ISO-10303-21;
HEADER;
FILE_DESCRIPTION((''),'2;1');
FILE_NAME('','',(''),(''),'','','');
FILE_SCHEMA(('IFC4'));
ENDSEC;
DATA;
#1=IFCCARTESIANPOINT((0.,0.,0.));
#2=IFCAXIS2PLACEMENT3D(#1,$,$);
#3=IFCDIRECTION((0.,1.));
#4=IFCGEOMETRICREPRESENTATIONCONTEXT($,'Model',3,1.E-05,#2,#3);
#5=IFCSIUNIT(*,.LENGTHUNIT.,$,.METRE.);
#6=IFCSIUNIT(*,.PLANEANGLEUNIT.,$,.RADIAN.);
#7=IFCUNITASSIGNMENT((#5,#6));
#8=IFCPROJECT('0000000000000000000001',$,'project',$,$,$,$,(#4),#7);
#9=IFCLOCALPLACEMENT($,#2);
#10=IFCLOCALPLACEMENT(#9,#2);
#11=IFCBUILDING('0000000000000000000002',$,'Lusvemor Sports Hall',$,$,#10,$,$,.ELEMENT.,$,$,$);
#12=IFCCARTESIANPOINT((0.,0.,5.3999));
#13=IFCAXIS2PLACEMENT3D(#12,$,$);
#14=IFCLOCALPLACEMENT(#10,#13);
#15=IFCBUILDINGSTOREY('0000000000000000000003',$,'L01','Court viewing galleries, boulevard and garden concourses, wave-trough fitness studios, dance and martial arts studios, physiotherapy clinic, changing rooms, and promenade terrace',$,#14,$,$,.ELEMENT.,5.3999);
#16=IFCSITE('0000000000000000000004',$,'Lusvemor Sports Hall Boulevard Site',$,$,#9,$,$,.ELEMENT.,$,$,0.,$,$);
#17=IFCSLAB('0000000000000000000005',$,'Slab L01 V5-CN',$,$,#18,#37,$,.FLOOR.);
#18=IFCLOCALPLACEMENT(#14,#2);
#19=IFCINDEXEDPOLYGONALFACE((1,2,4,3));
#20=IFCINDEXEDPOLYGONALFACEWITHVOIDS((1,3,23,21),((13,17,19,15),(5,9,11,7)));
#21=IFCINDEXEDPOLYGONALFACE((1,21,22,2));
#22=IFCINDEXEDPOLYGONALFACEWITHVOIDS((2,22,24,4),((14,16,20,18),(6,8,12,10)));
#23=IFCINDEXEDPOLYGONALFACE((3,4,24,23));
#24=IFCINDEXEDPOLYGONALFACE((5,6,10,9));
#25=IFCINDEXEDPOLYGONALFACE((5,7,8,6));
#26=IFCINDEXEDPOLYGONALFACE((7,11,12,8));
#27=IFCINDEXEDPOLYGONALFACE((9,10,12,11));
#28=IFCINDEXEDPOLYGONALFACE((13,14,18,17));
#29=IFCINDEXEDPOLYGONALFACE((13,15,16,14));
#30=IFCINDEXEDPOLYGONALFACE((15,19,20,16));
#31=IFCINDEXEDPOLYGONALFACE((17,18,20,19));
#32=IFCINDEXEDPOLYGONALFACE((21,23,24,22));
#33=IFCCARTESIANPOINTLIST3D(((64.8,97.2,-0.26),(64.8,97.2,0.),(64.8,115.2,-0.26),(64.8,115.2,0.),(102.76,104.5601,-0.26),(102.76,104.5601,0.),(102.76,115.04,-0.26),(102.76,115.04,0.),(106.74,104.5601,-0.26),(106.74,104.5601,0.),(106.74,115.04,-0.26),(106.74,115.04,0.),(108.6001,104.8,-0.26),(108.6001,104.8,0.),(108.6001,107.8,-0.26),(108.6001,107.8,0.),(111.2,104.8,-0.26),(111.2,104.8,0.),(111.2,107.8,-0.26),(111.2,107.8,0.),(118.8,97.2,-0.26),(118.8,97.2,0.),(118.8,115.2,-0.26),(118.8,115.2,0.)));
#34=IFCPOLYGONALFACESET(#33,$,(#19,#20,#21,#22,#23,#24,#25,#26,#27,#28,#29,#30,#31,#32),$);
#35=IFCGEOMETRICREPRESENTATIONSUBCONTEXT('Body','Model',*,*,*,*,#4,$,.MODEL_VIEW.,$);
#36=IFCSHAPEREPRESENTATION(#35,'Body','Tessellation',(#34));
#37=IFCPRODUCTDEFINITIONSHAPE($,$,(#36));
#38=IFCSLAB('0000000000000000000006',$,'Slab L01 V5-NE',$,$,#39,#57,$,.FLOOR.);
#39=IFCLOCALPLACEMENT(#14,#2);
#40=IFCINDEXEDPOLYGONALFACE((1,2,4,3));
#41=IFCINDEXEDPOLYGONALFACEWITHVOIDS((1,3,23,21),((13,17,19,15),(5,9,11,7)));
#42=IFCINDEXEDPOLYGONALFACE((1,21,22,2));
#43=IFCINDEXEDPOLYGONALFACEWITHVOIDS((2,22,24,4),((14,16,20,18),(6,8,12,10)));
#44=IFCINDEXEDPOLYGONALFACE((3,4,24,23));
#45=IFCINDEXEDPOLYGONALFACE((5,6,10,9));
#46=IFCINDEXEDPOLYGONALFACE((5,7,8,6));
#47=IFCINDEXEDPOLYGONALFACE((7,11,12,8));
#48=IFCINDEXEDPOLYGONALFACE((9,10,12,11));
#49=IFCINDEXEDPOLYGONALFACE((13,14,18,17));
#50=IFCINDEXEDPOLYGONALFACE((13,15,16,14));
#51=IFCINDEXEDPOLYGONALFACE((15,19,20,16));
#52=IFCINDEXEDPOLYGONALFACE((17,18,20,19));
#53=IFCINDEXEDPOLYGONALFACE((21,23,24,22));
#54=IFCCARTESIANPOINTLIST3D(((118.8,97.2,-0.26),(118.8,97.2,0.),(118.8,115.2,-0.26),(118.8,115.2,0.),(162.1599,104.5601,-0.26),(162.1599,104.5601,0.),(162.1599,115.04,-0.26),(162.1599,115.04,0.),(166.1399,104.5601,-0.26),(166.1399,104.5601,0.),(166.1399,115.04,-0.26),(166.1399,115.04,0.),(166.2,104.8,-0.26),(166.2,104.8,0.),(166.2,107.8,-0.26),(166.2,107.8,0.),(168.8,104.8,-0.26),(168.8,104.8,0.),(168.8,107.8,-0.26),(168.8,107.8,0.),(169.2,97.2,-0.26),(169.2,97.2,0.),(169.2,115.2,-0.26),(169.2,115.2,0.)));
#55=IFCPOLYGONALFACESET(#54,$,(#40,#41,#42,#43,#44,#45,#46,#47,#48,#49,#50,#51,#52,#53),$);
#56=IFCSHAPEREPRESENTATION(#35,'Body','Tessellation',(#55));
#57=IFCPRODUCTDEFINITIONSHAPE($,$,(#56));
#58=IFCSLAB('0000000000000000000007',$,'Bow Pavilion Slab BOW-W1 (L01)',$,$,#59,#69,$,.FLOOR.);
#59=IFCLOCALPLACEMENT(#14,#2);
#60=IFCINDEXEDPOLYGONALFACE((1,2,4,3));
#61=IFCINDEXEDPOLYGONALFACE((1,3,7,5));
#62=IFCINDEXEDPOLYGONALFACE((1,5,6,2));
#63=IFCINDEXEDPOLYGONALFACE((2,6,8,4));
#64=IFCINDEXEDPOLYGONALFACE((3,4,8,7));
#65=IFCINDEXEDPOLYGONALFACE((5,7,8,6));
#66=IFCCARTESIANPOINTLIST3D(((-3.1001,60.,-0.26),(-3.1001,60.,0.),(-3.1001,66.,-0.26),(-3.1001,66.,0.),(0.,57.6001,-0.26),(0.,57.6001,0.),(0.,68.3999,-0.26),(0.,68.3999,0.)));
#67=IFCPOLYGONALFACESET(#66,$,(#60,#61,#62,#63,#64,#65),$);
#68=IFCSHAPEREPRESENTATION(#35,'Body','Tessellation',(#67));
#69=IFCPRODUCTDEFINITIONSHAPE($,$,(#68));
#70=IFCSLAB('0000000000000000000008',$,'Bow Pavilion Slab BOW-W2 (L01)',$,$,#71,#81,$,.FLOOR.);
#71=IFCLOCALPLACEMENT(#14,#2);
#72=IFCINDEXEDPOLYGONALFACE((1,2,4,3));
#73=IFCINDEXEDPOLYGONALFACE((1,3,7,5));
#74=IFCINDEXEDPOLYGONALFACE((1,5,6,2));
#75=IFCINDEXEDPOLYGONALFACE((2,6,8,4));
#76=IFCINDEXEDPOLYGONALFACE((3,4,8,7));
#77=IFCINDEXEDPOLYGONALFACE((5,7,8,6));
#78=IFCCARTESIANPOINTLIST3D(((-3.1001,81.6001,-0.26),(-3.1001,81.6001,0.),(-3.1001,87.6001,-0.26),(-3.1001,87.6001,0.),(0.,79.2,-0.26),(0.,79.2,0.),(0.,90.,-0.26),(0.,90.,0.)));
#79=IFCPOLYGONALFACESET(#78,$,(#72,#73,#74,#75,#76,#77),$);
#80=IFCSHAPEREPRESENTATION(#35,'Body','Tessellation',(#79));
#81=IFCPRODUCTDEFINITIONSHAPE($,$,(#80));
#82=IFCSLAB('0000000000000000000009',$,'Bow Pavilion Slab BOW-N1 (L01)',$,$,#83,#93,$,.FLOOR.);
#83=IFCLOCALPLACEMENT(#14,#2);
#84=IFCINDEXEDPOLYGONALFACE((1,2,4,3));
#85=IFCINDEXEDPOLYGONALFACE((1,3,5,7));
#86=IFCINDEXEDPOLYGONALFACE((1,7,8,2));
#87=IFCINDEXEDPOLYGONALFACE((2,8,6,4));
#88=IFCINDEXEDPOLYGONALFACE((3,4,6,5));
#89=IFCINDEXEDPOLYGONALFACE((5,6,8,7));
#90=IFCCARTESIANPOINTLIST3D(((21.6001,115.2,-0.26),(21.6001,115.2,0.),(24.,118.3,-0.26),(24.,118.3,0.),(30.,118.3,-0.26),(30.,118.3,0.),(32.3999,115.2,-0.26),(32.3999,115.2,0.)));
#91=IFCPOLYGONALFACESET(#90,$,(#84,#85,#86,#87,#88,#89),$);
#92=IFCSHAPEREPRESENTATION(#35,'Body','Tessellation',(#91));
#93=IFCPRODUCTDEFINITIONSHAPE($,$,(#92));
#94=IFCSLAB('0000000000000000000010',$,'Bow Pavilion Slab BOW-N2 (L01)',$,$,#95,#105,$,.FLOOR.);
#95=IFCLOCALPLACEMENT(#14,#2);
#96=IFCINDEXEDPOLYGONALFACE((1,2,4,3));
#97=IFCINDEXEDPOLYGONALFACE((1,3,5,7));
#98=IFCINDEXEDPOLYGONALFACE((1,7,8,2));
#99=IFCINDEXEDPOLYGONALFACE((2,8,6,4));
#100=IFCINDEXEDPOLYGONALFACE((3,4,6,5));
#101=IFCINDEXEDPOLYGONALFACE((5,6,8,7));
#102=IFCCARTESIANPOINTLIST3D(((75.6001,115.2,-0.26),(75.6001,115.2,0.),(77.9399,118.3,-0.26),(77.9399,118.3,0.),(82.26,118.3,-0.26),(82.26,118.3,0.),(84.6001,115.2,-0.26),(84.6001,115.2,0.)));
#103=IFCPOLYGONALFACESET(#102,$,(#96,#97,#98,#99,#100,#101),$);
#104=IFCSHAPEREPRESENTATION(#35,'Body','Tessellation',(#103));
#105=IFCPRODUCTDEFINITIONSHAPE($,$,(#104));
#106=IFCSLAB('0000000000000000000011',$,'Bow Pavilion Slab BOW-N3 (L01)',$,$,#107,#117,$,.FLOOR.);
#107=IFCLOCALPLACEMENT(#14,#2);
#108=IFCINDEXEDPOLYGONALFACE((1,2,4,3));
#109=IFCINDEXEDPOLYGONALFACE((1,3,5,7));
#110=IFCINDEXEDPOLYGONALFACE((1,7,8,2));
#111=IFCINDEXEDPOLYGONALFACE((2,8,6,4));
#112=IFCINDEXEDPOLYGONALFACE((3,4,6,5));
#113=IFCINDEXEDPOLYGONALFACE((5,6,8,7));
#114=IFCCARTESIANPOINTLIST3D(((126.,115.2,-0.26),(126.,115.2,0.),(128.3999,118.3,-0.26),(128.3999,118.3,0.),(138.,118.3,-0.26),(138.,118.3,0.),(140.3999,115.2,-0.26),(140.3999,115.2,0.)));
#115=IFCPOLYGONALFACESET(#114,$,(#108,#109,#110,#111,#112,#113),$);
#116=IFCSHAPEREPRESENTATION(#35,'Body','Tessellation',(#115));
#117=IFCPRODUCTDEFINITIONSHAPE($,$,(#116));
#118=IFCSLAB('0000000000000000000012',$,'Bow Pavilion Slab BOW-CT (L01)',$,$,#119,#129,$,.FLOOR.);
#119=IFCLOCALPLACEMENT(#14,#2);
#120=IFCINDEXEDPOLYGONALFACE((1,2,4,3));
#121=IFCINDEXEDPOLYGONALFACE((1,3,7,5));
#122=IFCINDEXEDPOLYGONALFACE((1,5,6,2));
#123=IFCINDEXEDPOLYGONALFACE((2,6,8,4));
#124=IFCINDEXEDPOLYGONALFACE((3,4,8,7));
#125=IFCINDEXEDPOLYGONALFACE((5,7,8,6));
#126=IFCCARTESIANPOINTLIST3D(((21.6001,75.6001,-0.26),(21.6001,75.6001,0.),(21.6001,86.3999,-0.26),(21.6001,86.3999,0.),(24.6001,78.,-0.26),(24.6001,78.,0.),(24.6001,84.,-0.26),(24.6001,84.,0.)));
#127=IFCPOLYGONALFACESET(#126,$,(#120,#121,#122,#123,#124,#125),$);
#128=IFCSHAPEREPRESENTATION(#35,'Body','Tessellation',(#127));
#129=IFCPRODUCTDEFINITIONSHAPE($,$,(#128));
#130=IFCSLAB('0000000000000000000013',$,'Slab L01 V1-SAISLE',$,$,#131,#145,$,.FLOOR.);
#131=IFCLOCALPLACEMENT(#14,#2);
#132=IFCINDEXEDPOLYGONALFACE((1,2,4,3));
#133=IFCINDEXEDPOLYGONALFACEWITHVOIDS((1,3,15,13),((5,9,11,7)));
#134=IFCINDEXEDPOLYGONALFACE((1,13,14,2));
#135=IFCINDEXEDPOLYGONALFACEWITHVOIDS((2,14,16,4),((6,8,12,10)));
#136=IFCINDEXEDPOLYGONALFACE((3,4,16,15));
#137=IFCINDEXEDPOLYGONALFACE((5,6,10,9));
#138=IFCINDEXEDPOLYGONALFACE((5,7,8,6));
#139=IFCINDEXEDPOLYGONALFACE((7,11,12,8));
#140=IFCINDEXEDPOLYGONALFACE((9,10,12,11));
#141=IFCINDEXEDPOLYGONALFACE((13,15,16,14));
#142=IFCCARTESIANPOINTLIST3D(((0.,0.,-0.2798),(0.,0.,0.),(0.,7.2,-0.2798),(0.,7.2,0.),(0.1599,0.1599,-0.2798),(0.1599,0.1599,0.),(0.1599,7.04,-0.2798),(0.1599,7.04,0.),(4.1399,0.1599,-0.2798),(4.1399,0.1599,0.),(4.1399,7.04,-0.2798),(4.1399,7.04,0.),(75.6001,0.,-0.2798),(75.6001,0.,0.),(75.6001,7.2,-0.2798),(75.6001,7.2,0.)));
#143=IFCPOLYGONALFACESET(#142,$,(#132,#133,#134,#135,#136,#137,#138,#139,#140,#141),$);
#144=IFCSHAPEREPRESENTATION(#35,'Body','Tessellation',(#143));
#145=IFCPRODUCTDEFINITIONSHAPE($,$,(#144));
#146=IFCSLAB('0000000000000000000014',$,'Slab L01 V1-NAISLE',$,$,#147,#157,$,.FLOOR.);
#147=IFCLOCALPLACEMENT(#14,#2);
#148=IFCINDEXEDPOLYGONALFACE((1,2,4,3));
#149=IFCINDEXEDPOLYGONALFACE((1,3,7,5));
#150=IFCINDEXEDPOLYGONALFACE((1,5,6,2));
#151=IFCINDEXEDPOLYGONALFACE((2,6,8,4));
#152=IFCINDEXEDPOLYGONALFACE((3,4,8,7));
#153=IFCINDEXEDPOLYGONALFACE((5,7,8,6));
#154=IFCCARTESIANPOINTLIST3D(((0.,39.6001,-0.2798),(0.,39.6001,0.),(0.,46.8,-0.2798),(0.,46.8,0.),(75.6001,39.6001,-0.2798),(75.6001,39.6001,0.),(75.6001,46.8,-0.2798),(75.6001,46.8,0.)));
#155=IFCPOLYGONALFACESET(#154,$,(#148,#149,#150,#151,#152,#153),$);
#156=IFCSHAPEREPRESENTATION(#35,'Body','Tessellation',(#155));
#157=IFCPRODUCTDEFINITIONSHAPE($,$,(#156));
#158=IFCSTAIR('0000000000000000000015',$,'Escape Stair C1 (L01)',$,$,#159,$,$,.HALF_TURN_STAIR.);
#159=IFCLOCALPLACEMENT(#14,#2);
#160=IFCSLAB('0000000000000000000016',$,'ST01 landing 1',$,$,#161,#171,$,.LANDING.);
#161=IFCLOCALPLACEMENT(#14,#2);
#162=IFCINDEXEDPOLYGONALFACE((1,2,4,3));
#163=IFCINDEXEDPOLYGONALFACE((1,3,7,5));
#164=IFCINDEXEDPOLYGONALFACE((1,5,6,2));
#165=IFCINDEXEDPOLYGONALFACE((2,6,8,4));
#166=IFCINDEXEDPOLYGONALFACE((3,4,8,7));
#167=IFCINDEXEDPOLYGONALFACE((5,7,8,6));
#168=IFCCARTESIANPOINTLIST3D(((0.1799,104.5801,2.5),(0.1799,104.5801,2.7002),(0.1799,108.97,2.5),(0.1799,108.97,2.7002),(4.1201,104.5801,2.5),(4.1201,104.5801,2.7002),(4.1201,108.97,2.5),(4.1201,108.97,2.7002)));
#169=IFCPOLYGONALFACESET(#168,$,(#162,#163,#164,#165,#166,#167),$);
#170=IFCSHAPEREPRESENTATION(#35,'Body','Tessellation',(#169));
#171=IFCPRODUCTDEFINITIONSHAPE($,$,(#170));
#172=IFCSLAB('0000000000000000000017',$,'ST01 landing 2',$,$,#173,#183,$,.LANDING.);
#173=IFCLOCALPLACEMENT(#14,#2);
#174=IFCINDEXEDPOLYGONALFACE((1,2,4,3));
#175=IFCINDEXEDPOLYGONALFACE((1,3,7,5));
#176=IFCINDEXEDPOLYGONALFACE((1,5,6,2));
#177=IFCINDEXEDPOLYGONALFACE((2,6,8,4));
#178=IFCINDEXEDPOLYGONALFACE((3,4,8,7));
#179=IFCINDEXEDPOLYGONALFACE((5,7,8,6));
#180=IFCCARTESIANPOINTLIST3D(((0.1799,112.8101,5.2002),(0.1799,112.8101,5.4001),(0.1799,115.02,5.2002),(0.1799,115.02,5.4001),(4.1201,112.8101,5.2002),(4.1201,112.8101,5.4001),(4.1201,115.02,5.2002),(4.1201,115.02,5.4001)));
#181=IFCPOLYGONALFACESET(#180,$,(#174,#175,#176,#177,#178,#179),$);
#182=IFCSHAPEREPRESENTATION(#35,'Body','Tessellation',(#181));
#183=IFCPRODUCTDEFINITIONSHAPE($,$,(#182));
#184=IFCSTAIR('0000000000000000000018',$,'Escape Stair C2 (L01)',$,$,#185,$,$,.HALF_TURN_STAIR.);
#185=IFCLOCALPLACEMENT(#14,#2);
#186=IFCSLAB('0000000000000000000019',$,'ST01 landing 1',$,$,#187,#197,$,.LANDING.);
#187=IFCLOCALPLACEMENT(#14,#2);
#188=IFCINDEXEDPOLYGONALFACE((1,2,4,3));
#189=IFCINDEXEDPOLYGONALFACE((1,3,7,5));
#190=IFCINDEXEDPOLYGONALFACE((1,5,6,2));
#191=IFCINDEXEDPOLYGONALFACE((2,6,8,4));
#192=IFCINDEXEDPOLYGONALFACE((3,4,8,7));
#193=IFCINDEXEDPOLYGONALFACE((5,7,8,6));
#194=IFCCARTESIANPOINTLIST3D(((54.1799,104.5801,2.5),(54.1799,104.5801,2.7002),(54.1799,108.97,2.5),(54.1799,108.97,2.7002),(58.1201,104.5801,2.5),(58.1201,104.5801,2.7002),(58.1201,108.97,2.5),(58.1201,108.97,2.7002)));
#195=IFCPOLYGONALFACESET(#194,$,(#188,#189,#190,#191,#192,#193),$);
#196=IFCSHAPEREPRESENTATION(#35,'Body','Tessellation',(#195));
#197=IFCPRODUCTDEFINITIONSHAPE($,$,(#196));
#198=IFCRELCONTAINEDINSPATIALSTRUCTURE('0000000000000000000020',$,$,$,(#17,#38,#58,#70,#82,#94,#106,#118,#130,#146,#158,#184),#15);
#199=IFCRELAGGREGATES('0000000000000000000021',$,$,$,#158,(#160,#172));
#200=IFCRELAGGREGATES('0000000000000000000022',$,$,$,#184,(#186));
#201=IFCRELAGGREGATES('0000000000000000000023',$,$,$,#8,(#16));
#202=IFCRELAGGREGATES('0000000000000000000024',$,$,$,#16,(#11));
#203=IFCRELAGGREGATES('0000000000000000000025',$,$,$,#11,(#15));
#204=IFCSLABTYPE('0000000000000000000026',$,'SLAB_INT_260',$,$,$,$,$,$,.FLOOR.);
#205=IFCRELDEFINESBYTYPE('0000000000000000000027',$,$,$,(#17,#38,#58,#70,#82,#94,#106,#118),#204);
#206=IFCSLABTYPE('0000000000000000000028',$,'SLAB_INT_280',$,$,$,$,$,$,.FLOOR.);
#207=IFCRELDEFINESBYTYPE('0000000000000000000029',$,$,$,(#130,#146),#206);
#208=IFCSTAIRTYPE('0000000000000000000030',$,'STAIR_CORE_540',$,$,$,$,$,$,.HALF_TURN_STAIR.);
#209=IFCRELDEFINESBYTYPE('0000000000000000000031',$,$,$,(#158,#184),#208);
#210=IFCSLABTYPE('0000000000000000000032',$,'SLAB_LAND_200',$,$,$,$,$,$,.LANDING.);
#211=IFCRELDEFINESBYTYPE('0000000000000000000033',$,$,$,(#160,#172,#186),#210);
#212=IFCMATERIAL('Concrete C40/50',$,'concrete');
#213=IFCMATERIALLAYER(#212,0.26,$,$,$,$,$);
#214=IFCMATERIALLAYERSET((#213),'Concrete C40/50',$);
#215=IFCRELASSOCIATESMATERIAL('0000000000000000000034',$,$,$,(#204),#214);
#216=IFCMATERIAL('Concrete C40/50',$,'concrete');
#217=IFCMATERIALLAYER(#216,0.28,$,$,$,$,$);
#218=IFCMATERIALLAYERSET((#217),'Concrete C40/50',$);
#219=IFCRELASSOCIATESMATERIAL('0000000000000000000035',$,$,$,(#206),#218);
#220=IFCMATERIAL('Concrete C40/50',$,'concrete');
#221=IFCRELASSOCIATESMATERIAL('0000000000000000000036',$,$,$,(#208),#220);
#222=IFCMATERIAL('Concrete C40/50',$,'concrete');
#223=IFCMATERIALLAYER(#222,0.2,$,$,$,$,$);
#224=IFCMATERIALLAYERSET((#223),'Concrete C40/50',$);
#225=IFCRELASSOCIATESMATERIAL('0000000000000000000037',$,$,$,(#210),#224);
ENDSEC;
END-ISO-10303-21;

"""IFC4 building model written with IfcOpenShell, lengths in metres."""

from ifc_helpers import new_model, si_unit, direction, frame, origin, place, context, subcontext, project, spatial, polyline, outline, extrude, material, layer, layer_set, type_object, element, aggregate, save


model = new_model("IFC4")

# Units and contexts
model_context = context("Model", 3, precision=1e-05, world=origin(), true_north=direction((0.0, 1.0)))
body_context = subcontext(model_context, "Body", "Model", "MODEL_VIEW")
ifc_project = project(units=[si_unit("LENGTHUNIT", "METRE"), si_unit("PLANEANGLEUNIT", "RADIAN")], contexts=[model_context])

# Site, building, storey
site_placement = place(None, origin())
site = spatial("IfcSite", under=ifc_project, at=site_placement, Name="Lusvemor Sports Hall Boulevard Site", CompositionType="ELEMENT", RefElevation=0.0)
building_placement = place(site_placement, origin())
building = spatial("IfcBuilding", under=site, at=building_placement, Name="Lusvemor Sports Hall", CompositionType="ELEMENT")
storey_placement = place(building_placement, frame((0.0, 0.0, 5.3999)))
storey = spatial("IfcBuildingStorey", under=building, at=storey_placement, Name="L01", Description="Court viewing galleries, boulevard and garden concourses, wave-trough fitness studios, dance and martial arts studios, physiotherapy clinic, changing rooms, and promenade terrace", CompositionType="ELEMENT", Elevation=5.3999)

# Slabs
ifc_material_1 = material(Name="Concrete C40/50", Category="concrete")
ifc_layer_1 = layer(ifc_material_1, 0.26)
ifc_layer_set_1 = layer_set([ifc_layer_1], Name="Concrete C40/50")
slab_type_1 = type_object("IfcSlabType", Name="SLAB_INT_260", PredefinedType="FLOOR", material=ifc_layer_set_1)
slab_1_placement = place(storey_placement, frame((0.0, 0.0, -0.26)))
element("IfcSlab", 1, at=slab_1_placement, inside=storey, type_object=slab_type_1, Name="Slab L01 V5-CN", PredefinedType="FLOOR", context=body_context, shape_type="SweptSolid", body=[
    extrude(outline(polyline([(64.8, 97.2), (118.8, 97.2), (118.8, 115.2), (64.8, 115.2), (64.8, 97.2)]), holes=[polyline([(102.76, 104.5601), (106.74, 104.5601), (106.74, 115.04), (102.76, 115.04), (102.76, 104.5601)]), polyline([(108.6001, 104.8), (111.2, 104.8), (111.2, 107.8), (108.6001, 107.8), (108.6001, 104.8)])]), origin(), (0.0, 0.0, 1.0), 0.26),
])
slab_2_placement = place(storey_placement, frame((0.0, 0.0, -0.26)))
element("IfcSlab", 2, at=slab_2_placement, inside=storey, type_object=slab_type_1, Name="Slab L01 V5-NE", PredefinedType="FLOOR", context=body_context, shape_type="SweptSolid", body=[
    extrude(outline(polyline([(118.8, 97.2), (169.2, 97.2), (169.2, 115.2), (118.8, 115.2), (118.8, 97.2)]), holes=[polyline([(162.1599, 104.5601), (166.1399, 104.5601), (166.1399, 115.04), (162.1599, 115.04), (162.1599, 104.5601)]), polyline([(166.2, 104.8), (168.8, 104.8), (168.8, 107.8), (166.2, 107.8), (166.2, 104.8)])]), origin(), (0.0, 0.0, 1.0), 0.26),
])
slab_3_placement = place(storey_placement, frame((0.0, 0.0, -0.26)))
element("IfcSlab", 3, at=slab_3_placement, inside=storey, type_object=slab_type_1, Name="Bow Pavilion Slab BOW-W1 (L01)", PredefinedType="FLOOR", context=body_context, shape_type="SweptSolid", body=[
    extrude(outline(polyline([(0.0, 57.6001), (-3.1001, 60.0), (-3.1001, 66.0), (0.0, 68.3999), (0.0, 57.6001)])), origin(), (0.0, 0.0, 1.0), 0.26),
])
slab_4_placement = place(storey_placement, frame((0.0, 0.0, -0.26)))
element("IfcSlab", 4, at=slab_4_placement, inside=storey, type_object=slab_type_1, Name="Bow Pavilion Slab BOW-W2 (L01)", PredefinedType="FLOOR", context=body_context, shape_type="SweptSolid", body=[
    extrude(outline(polyline([(0.0, 79.2), (-3.1001, 81.6001), (-3.1001, 87.6001), (0.0, 90.0), (0.0, 79.2)])), origin(), (0.0, 0.0, 1.0), 0.26),
])
slab_5_placement = place(storey_placement, frame((0.0, 0.0, -0.26)))
element("IfcSlab", 5, at=slab_5_placement, inside=storey, type_object=slab_type_1, Name="Bow Pavilion Slab BOW-N1 (L01)", PredefinedType="FLOOR", context=body_context, shape_type="SweptSolid", body=[
    extrude(outline(polyline([(21.6001, 115.2), (24.0, 118.3), (30.0, 118.3), (32.3999, 115.2), (21.6001, 115.2)])), origin(), (0.0, 0.0, 1.0), 0.26),
])
slab_6_placement = place(storey_placement, frame((0.0, 0.0, -0.26)))
element("IfcSlab", 6, at=slab_6_placement, inside=storey, type_object=slab_type_1, Name="Bow Pavilion Slab BOW-N2 (L01)", PredefinedType="FLOOR", context=body_context, shape_type="SweptSolid", body=[
    extrude(outline(polyline([(75.6001, 115.2), (77.9399, 118.3), (82.26, 118.3), (84.6001, 115.2), (75.6001, 115.2)])), origin(), (0.0, 0.0, 1.0), 0.26),
])
slab_7_placement = place(storey_placement, frame((0.0, 0.0, -0.26)))
element("IfcSlab", 7, at=slab_7_placement, inside=storey, type_object=slab_type_1, Name="Bow Pavilion Slab BOW-N3 (L01)", PredefinedType="FLOOR", context=body_context, shape_type="SweptSolid", body=[
    extrude(outline(polyline([(126.0, 115.2), (128.3999, 118.3), (138.0, 118.3), (140.3999, 115.2), (126.0, 115.2)])), origin(), (0.0, 0.0, 1.0), 0.26),
])
slab_8_placement = place(storey_placement, frame((0.0, 0.0, -0.26)))
element("IfcSlab", 8, at=slab_8_placement, inside=storey, type_object=slab_type_1, Name="Bow Pavilion Slab BOW-CT (L01)", PredefinedType="FLOOR", context=body_context, shape_type="SweptSolid", body=[
    extrude(outline(polyline([(21.6001, 86.3999), (24.6001, 84.0), (24.6001, 78.0), (21.6001, 75.6001), (21.6001, 86.3999)])), origin(), (0.0, 0.0, 1.0), 0.26),
])
ifc_material_2 = material(Name="Concrete C40/50", Category="concrete")
ifc_layer_2 = layer(ifc_material_2, 0.28)
ifc_layer_set_2 = layer_set([ifc_layer_2], Name="Concrete C40/50")
slab_type_2 = type_object("IfcSlabType", Name="SLAB_INT_280", PredefinedType="FLOOR", material=ifc_layer_set_2)
slab_9_placement = place(storey_placement, frame((0.0, 0.0, -0.2798)))
element("IfcSlab", 9, at=slab_9_placement, inside=storey, type_object=slab_type_2, Name="Slab L01 V1-SAISLE", PredefinedType="FLOOR", context=body_context, shape_type="SweptSolid", body=[
    extrude(outline(polyline([(0.0, 0.0), (75.6001, 0.0), (75.6001, 7.2), (0.0, 7.2), (0.0, 0.0)]), holes=[polyline([(0.1599, 0.1599), (4.1399, 0.1599), (4.1399, 7.04), (0.1599, 7.04), (0.1599, 0.1599)])]), origin(), (0.0, 0.0, 1.0), 0.2798),
])
slab_10_placement = place(storey_placement, frame((0.0, 0.0, -0.2798)))
element("IfcSlab", 10, at=slab_10_placement, inside=storey, type_object=slab_type_2, Name="Slab L01 V1-NAISLE", PredefinedType="FLOOR", context=body_context, shape_type="SweptSolid", body=[
    extrude(outline(polyline([(0.0, 39.6001), (75.6001, 39.6001), (75.6001, 46.8), (0.0, 46.8), (0.0, 39.6001)])), origin(), (0.0, 0.0, 1.0), 0.2798),
])

# Stairs, slabs
ifc_material_3 = material(Name="Concrete C40/50", Category="concrete")
stair_type_1 = type_object("IfcStairType", Name="STAIR_CORE_540", PredefinedType="HALF_TURN_STAIR", material=ifc_material_3)
stair_1_placement = place(storey_placement, origin())
stair_1 = element("IfcStair", 11, at=stair_1_placement, inside=storey, type_object=stair_type_1, Name="Escape Stair C1 (L01)", PredefinedType="HALF_TURN_STAIR")
ifc_material_4 = material(Name="Concrete C40/50", Category="concrete")
ifc_layer_3 = layer(ifc_material_4, 0.2)
ifc_layer_set_3 = layer_set([ifc_layer_3], Name="Concrete C40/50")
slab_type_3 = type_object("IfcSlabType", Name="SLAB_LAND_200", PredefinedType="LANDING", material=ifc_layer_set_3)
slab_11_placement = place(storey_placement, frame((0.0, 0.0, 2.5)))
slab_11 = element("IfcSlab", 12, at=slab_11_placement, type_object=slab_type_3, Name="ST01 landing 1", PredefinedType="LANDING", context=body_context, shape_type="SweptSolid", body=[
    extrude(outline(polyline([(0.1799, 104.5801), (4.1201, 104.5801), (4.1201, 108.97), (0.1799, 108.97), (0.1799, 104.5801)])), origin(), (0.0, 0.0, 1.0), 0.2002),
])
slab_12_placement = place(storey_placement, frame((0.0, 0.0, 5.2002)))
slab_12 = element("IfcSlab", 13, at=slab_12_placement, type_object=slab_type_3, Name="ST01 landing 2", PredefinedType="LANDING", context=body_context, shape_type="SweptSolid", body=[
    extrude(outline(polyline([(0.1799, 112.8101), (4.1201, 112.8101), (4.1201, 115.02), (0.1799, 115.02), (0.1799, 112.8101)])), origin(), (0.0, 0.0, 1.0), 0.2),
])
aggregate(stair_1, [slab_11, slab_12])
stair_2_placement = place(storey_placement, origin())
stair_2 = element("IfcStair", 14, at=stair_2_placement, inside=storey, type_object=stair_type_1, Name="Escape Stair C2 (L01)", PredefinedType="HALF_TURN_STAIR")
slab_13_placement = place(storey_placement, frame((0.0, 0.0, 2.5)))
slab_13 = element("IfcSlab", 15, at=slab_13_placement, type_object=slab_type_3, Name="ST01 landing 1", PredefinedType="LANDING", context=body_context, shape_type="SweptSolid", body=[
    extrude(outline(polyline([(54.1799, 104.5801), (58.1201, 104.5801), (58.1201, 108.97), (54.1799, 108.97), (54.1799, 104.5801)])), origin(), (0.0, 0.0, 1.0), 0.2002),
])
aggregate(stair_2, [slab_13])

save(model, "model.ifc")
